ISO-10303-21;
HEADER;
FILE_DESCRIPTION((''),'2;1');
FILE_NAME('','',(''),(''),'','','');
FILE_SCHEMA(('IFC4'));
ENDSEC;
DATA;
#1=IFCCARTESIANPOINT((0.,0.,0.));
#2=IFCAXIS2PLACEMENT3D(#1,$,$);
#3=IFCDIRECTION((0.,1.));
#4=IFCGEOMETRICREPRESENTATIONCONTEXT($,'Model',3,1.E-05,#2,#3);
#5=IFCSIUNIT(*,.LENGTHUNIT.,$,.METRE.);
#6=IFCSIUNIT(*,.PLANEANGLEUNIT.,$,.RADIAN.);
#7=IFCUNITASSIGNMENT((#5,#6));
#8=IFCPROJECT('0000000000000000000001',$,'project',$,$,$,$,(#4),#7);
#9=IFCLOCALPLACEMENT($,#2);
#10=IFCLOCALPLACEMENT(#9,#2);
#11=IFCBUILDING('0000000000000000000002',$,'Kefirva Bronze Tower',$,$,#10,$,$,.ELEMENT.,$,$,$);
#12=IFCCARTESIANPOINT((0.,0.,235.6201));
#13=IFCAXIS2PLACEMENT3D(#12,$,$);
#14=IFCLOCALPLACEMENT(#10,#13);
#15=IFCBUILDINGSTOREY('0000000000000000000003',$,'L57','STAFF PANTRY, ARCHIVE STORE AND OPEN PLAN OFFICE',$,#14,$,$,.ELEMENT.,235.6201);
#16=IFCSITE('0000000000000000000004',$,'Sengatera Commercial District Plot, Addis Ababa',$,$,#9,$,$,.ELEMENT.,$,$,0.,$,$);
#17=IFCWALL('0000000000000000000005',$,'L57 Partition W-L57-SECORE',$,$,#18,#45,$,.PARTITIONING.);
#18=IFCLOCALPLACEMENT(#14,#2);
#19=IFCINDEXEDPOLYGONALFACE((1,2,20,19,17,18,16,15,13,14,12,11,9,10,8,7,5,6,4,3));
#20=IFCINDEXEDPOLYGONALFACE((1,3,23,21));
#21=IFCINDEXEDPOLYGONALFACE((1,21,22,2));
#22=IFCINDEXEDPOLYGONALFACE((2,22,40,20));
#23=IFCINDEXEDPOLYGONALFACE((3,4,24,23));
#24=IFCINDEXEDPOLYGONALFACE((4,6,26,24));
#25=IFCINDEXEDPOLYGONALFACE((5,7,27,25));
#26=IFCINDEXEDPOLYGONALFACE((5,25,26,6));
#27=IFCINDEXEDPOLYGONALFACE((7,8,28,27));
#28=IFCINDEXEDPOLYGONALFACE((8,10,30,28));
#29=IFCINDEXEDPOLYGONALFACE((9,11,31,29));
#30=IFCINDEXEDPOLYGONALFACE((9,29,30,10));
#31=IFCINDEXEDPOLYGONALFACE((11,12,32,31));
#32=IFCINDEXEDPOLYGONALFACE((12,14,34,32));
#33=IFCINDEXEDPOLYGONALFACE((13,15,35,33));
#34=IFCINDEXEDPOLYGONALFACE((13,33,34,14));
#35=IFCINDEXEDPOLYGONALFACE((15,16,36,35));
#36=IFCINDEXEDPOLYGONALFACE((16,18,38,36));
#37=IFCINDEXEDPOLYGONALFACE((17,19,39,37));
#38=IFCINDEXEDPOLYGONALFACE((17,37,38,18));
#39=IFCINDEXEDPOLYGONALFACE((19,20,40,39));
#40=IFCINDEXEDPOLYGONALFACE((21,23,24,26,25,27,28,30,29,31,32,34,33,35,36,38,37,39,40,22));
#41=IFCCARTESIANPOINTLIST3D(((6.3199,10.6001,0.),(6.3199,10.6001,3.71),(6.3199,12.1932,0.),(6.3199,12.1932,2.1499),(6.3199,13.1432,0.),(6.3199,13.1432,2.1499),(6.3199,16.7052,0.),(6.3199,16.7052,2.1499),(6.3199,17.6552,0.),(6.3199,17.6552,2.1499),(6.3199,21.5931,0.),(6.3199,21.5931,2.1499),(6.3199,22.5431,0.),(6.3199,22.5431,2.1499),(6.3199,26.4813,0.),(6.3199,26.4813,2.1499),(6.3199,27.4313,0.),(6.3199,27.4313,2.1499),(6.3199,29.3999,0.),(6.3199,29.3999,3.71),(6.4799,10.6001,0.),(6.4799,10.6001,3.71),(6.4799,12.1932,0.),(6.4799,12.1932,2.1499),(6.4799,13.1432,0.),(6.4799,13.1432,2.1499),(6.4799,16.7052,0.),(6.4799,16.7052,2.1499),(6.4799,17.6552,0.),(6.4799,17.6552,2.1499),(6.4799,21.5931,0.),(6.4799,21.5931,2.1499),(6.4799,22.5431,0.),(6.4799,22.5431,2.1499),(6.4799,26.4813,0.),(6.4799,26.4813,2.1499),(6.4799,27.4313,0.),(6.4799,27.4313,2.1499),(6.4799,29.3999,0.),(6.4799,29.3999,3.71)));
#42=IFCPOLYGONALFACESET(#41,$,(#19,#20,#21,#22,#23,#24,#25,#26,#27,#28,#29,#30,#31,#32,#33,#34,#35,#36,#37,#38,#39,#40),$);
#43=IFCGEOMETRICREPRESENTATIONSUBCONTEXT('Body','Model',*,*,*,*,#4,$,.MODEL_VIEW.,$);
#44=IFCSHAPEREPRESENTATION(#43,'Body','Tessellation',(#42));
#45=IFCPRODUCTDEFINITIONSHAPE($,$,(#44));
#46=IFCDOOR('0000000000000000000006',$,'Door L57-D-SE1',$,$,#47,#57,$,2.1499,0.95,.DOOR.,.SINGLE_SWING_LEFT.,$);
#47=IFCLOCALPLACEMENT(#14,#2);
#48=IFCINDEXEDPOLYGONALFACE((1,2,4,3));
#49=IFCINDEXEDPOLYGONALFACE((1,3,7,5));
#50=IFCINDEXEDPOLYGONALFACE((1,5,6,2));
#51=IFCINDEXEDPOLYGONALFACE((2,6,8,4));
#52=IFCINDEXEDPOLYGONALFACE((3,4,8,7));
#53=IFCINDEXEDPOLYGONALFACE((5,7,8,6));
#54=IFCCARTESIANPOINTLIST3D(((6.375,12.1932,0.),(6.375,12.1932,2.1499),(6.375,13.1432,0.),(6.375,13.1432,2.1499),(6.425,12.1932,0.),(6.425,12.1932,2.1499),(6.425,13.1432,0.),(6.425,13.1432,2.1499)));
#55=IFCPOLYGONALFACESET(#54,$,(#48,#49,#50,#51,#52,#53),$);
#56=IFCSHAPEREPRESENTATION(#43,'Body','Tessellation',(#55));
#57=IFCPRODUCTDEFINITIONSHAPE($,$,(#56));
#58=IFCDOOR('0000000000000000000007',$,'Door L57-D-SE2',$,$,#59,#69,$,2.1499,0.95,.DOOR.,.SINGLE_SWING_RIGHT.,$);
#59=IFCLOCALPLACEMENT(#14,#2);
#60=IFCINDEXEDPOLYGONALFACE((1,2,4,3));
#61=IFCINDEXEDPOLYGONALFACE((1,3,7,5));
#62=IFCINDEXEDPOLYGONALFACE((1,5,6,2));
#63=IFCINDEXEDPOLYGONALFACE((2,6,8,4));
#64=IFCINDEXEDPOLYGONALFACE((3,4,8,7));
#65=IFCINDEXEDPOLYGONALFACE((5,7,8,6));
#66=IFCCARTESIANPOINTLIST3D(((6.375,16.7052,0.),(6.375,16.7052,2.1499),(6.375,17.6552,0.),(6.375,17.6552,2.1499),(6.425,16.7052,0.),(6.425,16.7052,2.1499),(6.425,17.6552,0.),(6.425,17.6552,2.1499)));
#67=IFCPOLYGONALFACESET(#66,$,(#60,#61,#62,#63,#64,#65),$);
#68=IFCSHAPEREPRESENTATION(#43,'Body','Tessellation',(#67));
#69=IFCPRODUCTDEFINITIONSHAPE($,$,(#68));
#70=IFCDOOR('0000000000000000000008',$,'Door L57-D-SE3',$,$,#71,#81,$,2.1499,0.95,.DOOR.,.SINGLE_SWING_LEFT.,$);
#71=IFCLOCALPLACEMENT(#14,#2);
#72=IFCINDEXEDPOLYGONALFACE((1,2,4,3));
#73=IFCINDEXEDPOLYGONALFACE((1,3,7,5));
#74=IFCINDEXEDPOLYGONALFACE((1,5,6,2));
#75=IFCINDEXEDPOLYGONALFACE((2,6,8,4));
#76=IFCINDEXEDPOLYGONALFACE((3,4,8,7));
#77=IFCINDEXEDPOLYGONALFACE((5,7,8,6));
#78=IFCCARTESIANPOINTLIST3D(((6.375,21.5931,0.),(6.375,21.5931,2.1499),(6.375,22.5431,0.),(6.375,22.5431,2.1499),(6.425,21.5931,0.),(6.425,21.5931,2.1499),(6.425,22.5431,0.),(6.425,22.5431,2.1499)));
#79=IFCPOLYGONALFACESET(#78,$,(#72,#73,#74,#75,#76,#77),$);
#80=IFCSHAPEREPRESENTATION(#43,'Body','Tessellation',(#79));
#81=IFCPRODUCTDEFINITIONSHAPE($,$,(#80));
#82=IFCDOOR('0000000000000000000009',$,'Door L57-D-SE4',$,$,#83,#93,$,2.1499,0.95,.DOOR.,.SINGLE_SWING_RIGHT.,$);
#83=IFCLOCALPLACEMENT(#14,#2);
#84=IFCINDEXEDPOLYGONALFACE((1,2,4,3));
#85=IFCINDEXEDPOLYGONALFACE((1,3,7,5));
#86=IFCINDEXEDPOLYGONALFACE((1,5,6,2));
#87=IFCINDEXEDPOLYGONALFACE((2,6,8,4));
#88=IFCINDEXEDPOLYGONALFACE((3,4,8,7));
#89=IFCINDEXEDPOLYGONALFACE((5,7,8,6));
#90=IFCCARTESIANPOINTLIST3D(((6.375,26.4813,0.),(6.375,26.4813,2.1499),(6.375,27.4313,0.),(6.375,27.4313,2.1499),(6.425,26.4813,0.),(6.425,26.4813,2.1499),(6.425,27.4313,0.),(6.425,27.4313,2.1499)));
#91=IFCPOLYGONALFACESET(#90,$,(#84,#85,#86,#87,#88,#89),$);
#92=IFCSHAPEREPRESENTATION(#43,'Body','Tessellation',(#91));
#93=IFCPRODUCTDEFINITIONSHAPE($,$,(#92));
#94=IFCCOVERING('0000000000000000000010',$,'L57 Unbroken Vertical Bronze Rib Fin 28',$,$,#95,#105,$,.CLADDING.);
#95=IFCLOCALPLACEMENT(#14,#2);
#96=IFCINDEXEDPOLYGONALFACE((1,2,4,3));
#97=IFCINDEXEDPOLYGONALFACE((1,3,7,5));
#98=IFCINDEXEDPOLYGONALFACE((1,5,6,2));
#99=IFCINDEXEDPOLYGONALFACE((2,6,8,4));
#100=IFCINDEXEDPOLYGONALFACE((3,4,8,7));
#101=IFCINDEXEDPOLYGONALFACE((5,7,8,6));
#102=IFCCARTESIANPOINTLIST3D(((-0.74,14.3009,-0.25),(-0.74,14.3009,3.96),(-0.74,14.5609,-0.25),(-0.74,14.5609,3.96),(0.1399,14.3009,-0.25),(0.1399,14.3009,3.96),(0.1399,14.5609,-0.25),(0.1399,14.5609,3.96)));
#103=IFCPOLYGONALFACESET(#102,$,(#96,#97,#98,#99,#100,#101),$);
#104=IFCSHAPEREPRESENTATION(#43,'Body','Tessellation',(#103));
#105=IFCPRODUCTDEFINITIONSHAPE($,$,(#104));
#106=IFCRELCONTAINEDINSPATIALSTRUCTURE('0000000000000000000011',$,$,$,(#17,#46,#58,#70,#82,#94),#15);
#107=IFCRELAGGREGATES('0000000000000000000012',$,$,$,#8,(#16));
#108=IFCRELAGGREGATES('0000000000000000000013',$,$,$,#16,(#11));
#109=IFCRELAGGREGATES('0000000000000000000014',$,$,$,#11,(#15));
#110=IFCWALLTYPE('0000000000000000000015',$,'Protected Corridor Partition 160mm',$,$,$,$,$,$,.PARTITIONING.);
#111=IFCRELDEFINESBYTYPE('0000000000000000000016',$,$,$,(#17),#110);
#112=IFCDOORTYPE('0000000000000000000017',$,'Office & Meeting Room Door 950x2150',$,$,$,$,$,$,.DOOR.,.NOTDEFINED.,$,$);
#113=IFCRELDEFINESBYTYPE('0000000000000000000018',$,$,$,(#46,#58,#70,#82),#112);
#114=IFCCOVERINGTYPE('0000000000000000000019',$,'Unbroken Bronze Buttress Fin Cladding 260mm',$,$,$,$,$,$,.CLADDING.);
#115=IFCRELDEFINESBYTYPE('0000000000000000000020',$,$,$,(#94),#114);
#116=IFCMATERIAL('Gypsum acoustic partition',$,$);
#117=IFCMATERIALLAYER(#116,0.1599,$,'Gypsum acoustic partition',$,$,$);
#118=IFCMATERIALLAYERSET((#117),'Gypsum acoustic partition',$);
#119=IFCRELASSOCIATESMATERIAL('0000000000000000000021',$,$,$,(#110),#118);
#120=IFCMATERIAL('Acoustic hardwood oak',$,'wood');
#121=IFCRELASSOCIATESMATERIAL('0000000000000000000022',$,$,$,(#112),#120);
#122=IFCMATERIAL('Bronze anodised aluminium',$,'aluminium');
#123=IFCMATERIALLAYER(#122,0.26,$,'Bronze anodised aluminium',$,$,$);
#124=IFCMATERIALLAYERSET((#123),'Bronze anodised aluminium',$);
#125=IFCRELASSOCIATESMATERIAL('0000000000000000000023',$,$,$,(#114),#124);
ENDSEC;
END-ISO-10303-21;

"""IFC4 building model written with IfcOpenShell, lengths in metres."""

from ifc_helpers import new_model, si_unit, direction, frame, frame_2d, origin, origin_2d, place, context, subcontext, project, spatial, rectangle, extrude, material, layer, layer_set, type_object, element, fill, save


model = new_model("IFC4")

# Units and contexts
model_context = context("Model", 3, precision=1e-05, world=origin(), true_north=direction((0.0, 1.0)))
body_context = subcontext(model_context, "Body", "Model", "MODEL_VIEW")
ifc_project = project(units=[si_unit("LENGTHUNIT", "METRE"), si_unit("PLANEANGLEUNIT", "RADIAN")], contexts=[model_context])

# Site, building, storey
site_placement = place(None, origin())
site = spatial("IfcSite", under=ifc_project, at=site_placement, Name="Sengatera Commercial District Plot, Addis Ababa", CompositionType="ELEMENT", RefElevation=0.0)
building_placement = place(site_placement, origin())
building = spatial("IfcBuilding", under=site, at=building_placement, Name="Kefirva Bronze Tower", CompositionType="ELEMENT")
storey_placement = place(building_placement, frame((0.0, 0.0, 235.6201)))
storey = spatial("IfcBuildingStorey", under=building, at=storey_placement, Name="L57", Description="STAFF PANTRY, ARCHIVE STORE AND OPEN PLAN OFFICE", CompositionType="ELEMENT", Elevation=235.6201)

# Shared definitions
ifc_material_1 = material(Name="Gypsum acoustic partition")

# Wall, openings, doors
ifc_layer_1 = layer(ifc_material_1, 0.1599, Name="Gypsum acoustic partition")
ifc_layer_set_1 = layer_set([ifc_layer_1], Name="Gypsum acoustic partition")
wall_type_1 = type_object("IfcWallType", Name="Protected Corridor Partition 160mm", PredefinedType="PARTITIONING", material=ifc_layer_set_1)
ifc_material_2 = material(Name="Acoustic hardwood oak", Category="wood")
door_type = type_object("IfcDoorType", Name="Office & Meeting Room Door 950x2150", OperationType="NOTDEFINED", PredefinedType="DOOR", material=ifc_material_2)
wall_1_placement = place(storey_placement, frame((6.3999, 10.6001, 0.0), z_axis=(0.0, 0.0, 1.0), x_axis=(0.0, 1.0, 0.0)))
wall_1 = element("IfcWall", 1, at=wall_1_placement, inside=storey, type_object=wall_type_1, Name="L57 Partition W-L57-SECORE", PredefinedType="PARTITIONING", context=body_context, shape_type="SweptSolid", body=[
    extrude(rectangle(XDim=18.7998, YDim=0.1599, at=frame_2d((9.3999, 0.0))), origin(), (0.0, 0.0, 1.0), 3.71),
])
opening_1_placement = place(wall_1_placement, frame((1.593, 0.0, 0.0)))
opening_1 = element("IfcOpeningElement", 2, at=opening_1_placement, cuts=wall_1, PredefinedType="OPENING", context=body_context, shape_type="SweptSolid", body=[
    extrude(rectangle(XDim=0.95, YDim=2.1499, at=frame_2d((0.4751, 1.075))), frame((0.0, 0.0898, 0.0), z_axis=(0.0, -1.0, 0.0), x_axis=(1.0, 0.0, 0.0)), (0.0, 0.0, 1.0), 0.1799),
])
opening_2_placement = place(wall_1_placement, frame((6.105, 0.0, 0.0)))
opening_2 = element("IfcOpeningElement", 3, at=opening_2_placement, cuts=wall_1, PredefinedType="OPENING", context=body_context, shape_type="SweptSolid", body=[
    extrude(rectangle(XDim=0.95, YDim=2.1499, at=frame_2d((0.4751, 1.075))), frame((0.0, 0.0898, 0.0), z_axis=(0.0, -1.0, 0.0), x_axis=(1.0, 0.0, 0.0)), (0.0, 0.0, 1.0), 0.1799),
])
opening_3_placement = place(wall_1_placement, frame((10.9929, 0.0, 0.0)))
opening_3 = element("IfcOpeningElement", 4, at=opening_3_placement, cuts=wall_1, PredefinedType="OPENING", context=body_context, shape_type="SweptSolid", body=[
    extrude(rectangle(XDim=0.95, YDim=2.1499, at=frame_2d((0.4751, 1.075))), frame((0.0, 0.0898, 0.0), z_axis=(0.0, -1.0, 0.0), x_axis=(1.0, 0.0, 0.0)), (0.0, 0.0, 1.0), 0.1799),
])
opening_4_placement = place(wall_1_placement, frame((15.8811, 0.0, 0.0)))
opening_4 = element("IfcOpeningElement", 5, at=opening_4_placement, cuts=wall_1, PredefinedType="OPENING", context=body_context, shape_type="SweptSolid", body=[
    extrude(rectangle(XDim=0.95, YDim=2.1499, at=frame_2d((0.4751, 1.075))), frame((0.0, 0.0898, 0.0), z_axis=(0.0, -1.0, 0.0), x_axis=(1.0, 0.0, 0.0)), (0.0, 0.0, 1.0), 0.1799),
])
door_1_placement = place(opening_1_placement, origin())
door_1 = element("IfcDoor", 6, at=door_1_placement, inside=storey, type_object=door_type, Name="Door L57-D-SE1", OperationType="SINGLE_SWING_LEFT", OverallHeight=2.1499, OverallWidth=0.95, PredefinedType="DOOR", context=body_context, shape_type="SweptSolid", body=[
    extrude(rectangle(XDim=0.95, YDim=2.1499, at=frame_2d((0.4751, 1.075))), frame((0.0, 0.0249, 0.0), z_axis=(0.0, -1.0, 0.0), x_axis=(1.0, 0.0, 0.0)), (0.0, 0.0, 1.0), 0.05),
])
fill(opening_1, door_1)
door_2_placement = place(opening_2_placement, origin())
door_2 = element("IfcDoor", 7, at=door_2_placement, inside=storey, type_object=door_type, Name="Door L57-D-SE2", OperationType="SINGLE_SWING_RIGHT", OverallHeight=2.1499, OverallWidth=0.95, PredefinedType="DOOR", context=body_context, shape_type="SweptSolid", body=[
    extrude(rectangle(XDim=0.95, YDim=2.1499, at=frame_2d((0.4751, 1.075))), frame((0.0, 0.0249, 0.0), z_axis=(0.0, -1.0, 0.0), x_axis=(1.0, 0.0, 0.0)), (0.0, 0.0, 1.0), 0.05),
])
fill(opening_2, door_2)
door_3_placement = place(opening_3_placement, origin())
door_3 = element("IfcDoor", 8, at=door_3_placement, inside=storey, type_object=door_type, Name="Door L57-D-SE3", OperationType="SINGLE_SWING_LEFT", OverallHeight=2.1499, OverallWidth=0.95, PredefinedType="DOOR", context=body_context, shape_type="SweptSolid", body=[
    extrude(rectangle(XDim=0.95, YDim=2.1499, at=frame_2d((0.4751, 1.075))), frame((0.0, 0.0249, 0.0), z_axis=(0.0, -1.0, 0.0), x_axis=(1.0, 0.0, 0.0)), (0.0, 0.0, 1.0), 0.05),
])
fill(opening_3, door_3)
door_4_placement = place(opening_4_placement, origin())
door_4 = element("IfcDoor", 9, at=door_4_placement, inside=storey, type_object=door_type, Name="Door L57-D-SE4", OperationType="SINGLE_SWING_RIGHT", OverallHeight=2.1499, OverallWidth=0.95, PredefinedType="DOOR", context=body_context, shape_type="SweptSolid", body=[
    extrude(rectangle(XDim=0.95, YDim=2.1499, at=frame_2d((0.4751, 1.075))), frame((0.0, 0.0249, 0.0), z_axis=(0.0, -1.0, 0.0), x_axis=(1.0, 0.0, 0.0)), (0.0, 0.0, 1.0), 0.05),
])
fill(opening_4, door_4)

# Covering
ifc_material_3 = material(Name="Bronze anodised aluminium", Category="aluminium")
ifc_layer_2 = layer(ifc_material_3, 0.26, Name="Bronze anodised aluminium")
ifc_layer_set_2 = layer_set([ifc_layer_2], Name="Bronze anodised aluminium")
covering_type = type_object("IfcCoveringType", Name="Unbroken Bronze Buttress Fin Cladding 260mm", PredefinedType="CLADDING", material=ifc_layer_set_2)
covering_placement = place(storey_placement, frame((-0.3, 14.4309, -0.25), z_axis=(0.0, 0.0, 1.0), x_axis=(0.0, -1.0, 0.0)))
element("IfcCovering", 10, at=covering_placement, inside=storey, type_object=covering_type, Name="L57 Unbroken Vertical Bronze Rib Fin 28", PredefinedType="CLADDING", context=body_context, shape_type="SweptSolid", body=[
    extrude(rectangle(XDim=0.26, YDim=0.8799, at=origin_2d()), origin(), (0.0, 0.0, 1.0), 4.21),
])

save(model, "model.ifc")
